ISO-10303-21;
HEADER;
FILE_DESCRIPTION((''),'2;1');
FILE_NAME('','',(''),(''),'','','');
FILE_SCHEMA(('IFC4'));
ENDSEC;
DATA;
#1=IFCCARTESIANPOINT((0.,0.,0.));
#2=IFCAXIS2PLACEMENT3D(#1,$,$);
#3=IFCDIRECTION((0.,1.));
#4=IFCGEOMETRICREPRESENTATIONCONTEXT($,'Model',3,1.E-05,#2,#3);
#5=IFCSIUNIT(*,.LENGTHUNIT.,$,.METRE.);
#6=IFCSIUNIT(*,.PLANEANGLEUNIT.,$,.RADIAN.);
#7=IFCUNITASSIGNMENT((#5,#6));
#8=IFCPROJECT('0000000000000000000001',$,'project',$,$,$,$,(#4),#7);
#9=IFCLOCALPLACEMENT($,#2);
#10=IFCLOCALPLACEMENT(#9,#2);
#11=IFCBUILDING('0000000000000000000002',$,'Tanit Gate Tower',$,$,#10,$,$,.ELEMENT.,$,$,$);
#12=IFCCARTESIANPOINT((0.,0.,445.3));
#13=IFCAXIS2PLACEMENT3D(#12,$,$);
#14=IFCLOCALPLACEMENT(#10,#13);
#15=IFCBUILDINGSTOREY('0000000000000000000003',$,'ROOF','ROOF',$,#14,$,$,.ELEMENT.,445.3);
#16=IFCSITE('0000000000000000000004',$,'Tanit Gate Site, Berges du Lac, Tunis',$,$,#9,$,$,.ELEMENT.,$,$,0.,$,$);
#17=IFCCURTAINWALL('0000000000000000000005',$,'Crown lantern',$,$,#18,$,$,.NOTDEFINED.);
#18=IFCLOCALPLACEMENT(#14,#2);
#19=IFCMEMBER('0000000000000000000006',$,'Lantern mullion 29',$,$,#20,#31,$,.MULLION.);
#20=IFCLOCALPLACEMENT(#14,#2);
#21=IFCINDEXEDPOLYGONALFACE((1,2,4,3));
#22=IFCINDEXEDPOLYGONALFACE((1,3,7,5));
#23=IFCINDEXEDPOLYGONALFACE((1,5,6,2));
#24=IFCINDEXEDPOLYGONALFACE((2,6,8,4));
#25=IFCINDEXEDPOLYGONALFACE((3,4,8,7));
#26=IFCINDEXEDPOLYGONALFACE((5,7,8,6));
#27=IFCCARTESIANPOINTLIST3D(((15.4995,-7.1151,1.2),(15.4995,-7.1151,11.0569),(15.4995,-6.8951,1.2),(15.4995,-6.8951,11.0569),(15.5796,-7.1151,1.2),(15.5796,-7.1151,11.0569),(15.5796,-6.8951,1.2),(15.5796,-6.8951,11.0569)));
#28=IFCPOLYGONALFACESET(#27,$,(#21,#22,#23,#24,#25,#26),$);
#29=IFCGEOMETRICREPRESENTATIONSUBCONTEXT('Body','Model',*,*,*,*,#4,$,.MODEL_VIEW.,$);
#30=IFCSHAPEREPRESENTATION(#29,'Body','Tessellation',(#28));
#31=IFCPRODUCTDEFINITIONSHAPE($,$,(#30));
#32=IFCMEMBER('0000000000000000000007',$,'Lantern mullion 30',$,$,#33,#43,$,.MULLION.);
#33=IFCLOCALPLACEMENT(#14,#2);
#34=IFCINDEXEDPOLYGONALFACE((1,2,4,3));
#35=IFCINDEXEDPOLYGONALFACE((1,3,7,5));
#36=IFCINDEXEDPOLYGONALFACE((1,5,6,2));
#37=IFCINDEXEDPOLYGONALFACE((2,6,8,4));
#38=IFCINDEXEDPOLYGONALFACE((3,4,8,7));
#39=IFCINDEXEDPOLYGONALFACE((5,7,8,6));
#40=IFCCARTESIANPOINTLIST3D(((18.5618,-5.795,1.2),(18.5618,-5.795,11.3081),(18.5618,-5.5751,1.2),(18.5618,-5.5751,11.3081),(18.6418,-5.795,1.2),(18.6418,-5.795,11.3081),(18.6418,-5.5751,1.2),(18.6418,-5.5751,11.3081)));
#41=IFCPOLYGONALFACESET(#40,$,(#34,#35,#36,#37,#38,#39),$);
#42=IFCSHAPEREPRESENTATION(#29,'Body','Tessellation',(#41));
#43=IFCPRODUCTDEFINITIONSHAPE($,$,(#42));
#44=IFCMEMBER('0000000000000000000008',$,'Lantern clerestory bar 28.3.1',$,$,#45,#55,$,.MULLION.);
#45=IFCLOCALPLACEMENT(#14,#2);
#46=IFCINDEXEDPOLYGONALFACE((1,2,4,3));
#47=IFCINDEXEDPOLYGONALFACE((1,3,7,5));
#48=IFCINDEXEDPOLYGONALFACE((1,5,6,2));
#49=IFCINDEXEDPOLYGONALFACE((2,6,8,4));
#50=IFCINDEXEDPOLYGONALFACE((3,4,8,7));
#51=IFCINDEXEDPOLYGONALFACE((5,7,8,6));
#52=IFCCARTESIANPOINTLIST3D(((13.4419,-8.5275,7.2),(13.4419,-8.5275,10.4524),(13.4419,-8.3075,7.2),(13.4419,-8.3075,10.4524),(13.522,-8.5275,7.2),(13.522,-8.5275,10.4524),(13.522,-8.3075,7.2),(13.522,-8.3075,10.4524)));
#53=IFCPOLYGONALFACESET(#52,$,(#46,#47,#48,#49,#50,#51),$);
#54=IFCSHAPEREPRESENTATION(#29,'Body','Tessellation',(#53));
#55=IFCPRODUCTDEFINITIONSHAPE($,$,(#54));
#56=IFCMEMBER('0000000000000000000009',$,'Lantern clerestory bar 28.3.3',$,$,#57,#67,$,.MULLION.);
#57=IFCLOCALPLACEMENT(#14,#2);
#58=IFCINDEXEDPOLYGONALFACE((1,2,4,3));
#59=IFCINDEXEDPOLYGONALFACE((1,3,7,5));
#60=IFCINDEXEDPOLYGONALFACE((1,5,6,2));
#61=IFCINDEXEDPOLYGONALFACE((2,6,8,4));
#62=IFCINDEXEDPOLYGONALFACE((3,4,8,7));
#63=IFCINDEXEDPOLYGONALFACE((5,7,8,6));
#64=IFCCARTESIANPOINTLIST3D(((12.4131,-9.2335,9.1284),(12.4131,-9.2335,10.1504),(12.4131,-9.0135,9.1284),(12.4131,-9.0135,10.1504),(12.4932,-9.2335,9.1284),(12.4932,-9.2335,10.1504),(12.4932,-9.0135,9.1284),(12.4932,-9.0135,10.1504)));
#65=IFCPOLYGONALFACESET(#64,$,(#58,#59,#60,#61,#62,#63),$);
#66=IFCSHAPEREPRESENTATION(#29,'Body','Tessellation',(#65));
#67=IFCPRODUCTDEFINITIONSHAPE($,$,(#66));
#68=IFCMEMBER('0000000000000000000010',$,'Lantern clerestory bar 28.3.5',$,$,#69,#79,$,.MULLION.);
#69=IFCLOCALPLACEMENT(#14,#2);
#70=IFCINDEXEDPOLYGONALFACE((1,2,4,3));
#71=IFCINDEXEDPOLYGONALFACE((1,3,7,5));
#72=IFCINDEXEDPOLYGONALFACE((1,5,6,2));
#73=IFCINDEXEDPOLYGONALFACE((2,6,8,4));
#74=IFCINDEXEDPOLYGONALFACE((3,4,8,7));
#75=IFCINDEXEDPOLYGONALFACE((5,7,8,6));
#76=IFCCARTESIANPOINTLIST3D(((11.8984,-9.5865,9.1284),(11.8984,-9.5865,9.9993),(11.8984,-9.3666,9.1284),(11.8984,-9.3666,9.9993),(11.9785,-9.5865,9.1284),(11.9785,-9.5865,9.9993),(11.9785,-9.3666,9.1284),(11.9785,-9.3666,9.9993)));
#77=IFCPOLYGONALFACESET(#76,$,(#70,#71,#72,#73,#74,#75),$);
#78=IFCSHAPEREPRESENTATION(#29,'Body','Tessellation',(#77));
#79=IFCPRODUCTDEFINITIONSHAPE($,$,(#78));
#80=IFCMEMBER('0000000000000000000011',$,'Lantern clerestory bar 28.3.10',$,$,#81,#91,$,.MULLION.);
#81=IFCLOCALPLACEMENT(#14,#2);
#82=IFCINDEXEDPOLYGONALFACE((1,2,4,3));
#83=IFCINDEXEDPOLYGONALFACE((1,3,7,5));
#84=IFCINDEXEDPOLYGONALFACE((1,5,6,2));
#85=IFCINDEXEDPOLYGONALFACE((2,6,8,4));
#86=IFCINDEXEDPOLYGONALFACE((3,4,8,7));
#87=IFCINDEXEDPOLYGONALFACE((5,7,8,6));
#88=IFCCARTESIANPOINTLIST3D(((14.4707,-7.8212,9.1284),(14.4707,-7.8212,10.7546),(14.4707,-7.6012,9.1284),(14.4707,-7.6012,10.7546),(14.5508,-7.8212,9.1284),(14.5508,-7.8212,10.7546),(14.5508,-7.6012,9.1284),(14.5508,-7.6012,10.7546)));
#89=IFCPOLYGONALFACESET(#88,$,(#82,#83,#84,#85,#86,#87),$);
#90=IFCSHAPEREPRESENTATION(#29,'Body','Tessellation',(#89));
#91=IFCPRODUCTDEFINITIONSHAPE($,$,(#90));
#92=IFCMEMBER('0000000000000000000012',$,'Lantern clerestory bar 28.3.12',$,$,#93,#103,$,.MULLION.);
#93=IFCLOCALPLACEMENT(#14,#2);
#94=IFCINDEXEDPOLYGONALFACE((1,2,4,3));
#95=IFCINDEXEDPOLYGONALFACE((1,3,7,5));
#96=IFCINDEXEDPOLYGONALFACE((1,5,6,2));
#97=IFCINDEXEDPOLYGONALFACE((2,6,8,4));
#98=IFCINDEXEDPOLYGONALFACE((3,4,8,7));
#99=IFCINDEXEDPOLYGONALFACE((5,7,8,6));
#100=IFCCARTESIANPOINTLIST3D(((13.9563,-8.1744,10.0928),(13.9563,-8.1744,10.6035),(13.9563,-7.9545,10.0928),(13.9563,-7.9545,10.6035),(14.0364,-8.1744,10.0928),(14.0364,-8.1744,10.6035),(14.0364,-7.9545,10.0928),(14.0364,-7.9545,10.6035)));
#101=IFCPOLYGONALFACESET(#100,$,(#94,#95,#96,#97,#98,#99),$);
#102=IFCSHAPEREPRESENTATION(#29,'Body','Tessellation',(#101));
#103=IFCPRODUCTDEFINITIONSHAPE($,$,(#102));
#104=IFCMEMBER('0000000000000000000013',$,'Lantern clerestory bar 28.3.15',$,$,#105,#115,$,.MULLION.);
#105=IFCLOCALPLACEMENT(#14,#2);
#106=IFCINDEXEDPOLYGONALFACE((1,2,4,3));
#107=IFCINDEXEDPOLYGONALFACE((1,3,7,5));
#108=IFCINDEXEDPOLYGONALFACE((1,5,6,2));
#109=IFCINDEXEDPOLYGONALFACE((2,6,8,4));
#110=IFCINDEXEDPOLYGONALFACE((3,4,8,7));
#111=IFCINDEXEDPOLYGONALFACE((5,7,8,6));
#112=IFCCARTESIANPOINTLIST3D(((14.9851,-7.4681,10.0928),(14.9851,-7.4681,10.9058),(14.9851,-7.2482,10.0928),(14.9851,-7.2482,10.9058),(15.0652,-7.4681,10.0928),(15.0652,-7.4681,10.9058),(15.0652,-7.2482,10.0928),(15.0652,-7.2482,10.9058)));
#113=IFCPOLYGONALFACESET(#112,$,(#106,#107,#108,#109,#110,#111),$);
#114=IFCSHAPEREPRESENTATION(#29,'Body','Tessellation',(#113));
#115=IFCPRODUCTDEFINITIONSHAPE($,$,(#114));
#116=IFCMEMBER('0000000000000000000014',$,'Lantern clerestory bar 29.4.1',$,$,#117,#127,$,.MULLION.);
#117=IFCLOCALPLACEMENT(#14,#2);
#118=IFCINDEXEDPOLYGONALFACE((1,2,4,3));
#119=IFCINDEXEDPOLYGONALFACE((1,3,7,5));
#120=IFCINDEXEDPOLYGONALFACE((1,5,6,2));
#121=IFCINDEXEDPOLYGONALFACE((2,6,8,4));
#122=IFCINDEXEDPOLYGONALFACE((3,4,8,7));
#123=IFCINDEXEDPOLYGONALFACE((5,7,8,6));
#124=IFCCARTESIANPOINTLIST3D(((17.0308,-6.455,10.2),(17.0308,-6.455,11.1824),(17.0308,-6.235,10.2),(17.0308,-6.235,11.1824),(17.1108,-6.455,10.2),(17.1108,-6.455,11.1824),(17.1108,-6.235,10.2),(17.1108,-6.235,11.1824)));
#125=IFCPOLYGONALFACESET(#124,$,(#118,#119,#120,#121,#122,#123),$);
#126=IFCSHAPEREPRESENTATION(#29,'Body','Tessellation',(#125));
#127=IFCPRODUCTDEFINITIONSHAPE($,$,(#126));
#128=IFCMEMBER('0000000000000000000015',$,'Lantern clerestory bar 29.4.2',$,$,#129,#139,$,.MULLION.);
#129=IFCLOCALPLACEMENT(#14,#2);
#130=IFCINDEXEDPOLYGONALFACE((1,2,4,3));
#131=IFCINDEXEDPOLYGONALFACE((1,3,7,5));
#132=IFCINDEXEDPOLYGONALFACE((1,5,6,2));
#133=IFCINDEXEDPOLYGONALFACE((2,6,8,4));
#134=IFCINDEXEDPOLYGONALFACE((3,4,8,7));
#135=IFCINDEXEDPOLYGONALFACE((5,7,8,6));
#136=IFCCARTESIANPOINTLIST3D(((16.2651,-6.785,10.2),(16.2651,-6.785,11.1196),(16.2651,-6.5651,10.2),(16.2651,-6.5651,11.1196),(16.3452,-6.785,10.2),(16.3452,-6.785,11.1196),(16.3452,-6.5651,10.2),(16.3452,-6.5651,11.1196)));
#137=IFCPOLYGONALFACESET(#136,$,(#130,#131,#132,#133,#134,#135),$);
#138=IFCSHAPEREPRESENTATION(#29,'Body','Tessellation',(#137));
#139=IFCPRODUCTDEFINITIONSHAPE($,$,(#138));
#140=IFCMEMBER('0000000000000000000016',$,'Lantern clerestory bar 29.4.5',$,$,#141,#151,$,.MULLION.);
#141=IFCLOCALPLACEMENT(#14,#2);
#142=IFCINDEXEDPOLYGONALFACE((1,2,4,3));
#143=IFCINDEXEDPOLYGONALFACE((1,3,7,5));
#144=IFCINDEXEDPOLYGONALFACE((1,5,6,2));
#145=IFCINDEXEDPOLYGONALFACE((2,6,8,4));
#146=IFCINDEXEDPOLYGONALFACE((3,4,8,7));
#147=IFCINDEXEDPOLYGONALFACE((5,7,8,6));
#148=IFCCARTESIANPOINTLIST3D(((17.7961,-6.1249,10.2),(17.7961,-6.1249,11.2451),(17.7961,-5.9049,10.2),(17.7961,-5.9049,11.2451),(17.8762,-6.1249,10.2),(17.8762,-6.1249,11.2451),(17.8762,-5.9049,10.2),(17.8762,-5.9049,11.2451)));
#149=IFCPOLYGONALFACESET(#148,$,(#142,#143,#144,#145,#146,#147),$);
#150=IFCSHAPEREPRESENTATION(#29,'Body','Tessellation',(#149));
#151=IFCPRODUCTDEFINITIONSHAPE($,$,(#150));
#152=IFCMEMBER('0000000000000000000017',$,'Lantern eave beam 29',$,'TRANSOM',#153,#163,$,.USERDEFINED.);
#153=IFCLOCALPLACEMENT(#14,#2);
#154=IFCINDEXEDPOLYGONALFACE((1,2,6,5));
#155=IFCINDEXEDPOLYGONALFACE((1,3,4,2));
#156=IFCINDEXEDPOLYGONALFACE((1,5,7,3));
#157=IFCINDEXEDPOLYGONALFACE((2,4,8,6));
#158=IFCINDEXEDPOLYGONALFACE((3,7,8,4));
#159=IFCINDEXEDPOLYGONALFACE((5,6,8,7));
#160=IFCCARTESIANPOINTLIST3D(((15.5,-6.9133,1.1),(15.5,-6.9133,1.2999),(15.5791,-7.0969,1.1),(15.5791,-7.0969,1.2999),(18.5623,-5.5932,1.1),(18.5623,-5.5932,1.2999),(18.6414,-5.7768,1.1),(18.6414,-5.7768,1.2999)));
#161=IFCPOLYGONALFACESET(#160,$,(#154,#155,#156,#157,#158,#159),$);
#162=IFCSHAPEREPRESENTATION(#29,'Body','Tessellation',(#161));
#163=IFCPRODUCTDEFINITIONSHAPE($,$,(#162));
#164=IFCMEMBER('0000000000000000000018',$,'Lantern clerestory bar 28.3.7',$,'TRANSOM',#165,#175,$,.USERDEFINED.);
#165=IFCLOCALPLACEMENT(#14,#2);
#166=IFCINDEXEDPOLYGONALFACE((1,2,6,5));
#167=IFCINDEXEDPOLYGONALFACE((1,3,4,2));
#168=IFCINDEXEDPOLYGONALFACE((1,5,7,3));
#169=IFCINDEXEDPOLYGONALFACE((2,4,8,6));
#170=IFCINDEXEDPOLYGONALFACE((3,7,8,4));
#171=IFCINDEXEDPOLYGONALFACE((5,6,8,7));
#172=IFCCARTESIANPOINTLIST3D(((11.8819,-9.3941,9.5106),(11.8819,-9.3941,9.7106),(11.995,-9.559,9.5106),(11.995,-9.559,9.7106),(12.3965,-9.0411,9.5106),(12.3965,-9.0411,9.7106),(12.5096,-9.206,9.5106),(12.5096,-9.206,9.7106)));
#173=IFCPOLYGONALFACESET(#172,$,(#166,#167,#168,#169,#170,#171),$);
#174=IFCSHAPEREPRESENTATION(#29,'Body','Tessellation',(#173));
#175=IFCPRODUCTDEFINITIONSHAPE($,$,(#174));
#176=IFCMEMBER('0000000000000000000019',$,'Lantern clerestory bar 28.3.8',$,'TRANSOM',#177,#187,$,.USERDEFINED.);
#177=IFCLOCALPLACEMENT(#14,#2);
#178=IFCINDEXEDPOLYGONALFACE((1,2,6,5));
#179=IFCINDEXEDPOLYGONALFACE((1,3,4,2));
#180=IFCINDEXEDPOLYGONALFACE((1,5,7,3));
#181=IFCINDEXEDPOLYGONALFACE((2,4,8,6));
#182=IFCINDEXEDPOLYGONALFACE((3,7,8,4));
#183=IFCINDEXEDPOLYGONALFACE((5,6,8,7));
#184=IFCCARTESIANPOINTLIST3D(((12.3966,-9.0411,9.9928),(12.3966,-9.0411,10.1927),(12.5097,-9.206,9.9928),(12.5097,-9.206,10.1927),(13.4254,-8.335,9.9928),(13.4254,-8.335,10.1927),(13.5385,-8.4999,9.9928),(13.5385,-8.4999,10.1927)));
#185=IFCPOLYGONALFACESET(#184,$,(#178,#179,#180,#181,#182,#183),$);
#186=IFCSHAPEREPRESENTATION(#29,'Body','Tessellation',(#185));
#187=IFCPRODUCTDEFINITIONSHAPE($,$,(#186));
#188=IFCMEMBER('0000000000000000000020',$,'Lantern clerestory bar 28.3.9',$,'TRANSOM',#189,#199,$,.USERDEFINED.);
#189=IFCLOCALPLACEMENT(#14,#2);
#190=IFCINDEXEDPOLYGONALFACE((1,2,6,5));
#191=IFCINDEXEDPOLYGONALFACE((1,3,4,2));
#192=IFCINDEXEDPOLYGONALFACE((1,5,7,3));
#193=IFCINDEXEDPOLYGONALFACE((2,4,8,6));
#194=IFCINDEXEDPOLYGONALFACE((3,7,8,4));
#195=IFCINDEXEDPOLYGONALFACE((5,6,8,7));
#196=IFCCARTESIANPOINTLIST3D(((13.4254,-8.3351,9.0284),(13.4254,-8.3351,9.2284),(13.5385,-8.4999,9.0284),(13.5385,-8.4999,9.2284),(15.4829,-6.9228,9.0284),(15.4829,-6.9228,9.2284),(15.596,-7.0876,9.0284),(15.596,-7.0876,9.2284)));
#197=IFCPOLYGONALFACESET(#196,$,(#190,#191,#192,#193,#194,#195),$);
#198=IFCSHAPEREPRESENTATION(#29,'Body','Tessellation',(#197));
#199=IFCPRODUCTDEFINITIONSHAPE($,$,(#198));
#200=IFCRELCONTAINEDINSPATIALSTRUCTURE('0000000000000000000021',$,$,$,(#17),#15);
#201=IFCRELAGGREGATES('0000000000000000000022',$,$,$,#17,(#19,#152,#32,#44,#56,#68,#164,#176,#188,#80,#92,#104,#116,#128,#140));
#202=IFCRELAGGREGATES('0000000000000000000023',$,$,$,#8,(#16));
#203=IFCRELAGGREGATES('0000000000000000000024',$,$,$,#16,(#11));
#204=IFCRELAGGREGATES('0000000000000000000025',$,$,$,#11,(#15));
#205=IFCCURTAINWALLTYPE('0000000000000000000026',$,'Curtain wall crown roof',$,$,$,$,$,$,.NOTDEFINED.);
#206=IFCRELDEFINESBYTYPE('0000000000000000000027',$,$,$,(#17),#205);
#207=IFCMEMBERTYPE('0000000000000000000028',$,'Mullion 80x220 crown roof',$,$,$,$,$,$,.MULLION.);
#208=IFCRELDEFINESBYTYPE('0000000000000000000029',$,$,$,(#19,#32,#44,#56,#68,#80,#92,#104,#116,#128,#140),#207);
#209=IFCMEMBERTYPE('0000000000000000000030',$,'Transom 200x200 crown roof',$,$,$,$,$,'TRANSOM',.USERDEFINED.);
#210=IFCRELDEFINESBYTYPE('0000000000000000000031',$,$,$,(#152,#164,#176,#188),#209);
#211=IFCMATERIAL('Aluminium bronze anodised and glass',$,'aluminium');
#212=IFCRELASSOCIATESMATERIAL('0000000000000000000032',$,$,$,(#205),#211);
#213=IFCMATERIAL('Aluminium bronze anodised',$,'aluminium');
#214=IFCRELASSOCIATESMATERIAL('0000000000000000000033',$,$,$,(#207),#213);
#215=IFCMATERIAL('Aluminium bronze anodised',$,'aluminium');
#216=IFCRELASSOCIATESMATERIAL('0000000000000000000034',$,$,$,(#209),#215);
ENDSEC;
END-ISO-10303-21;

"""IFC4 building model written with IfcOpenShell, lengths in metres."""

from ifc_helpers import new_model, si_unit, direction, frame, origin, origin_2d, place, context, subcontext, project, spatial, rectangle, extrude, material, material_profile, profile_set, type_object, element, aggregate, save


model = new_model("IFC4")

# Units and contexts
model_context = context("Model", 3, precision=1e-05, world=origin(), true_north=direction((0.0, 1.0)))
body_context = subcontext(model_context, "Body", "Model", "MODEL_VIEW")
ifc_project = project(units=[si_unit("LENGTHUNIT", "METRE"), si_unit("PLANEANGLEUNIT", "RADIAN")], contexts=[model_context])

# Site, building, storey
site_placement = place(None, origin())
site = spatial("IfcSite", under=ifc_project, at=site_placement, Name="Tanit Gate Site, Berges du Lac, Tunis", CompositionType="ELEMENT", RefElevation=0.0)
building_placement = place(site_placement, origin())
building = spatial("IfcBuilding", under=site, at=building_placement, Name="Tanit Gate Tower", CompositionType="ELEMENT")
storey_placement = place(building_placement, frame((0.0, 0.0, 445.3)))
storey = spatial("IfcBuildingStorey", under=building, at=storey_placement, Name="ROOF", Description="ROOF", CompositionType="ELEMENT", Elevation=445.3)

# Curtain wall, members
ifc_material_1 = material(Name="Aluminium bronze anodised and glass", Category="aluminium")
curtain_wall_type = type_object("IfcCurtainWallType", Name="Curtain wall crown roof", PredefinedType="NOTDEFINED", material=ifc_material_1)
curtain_wall_placement = place(storey_placement, origin())
curtain_wall = element("IfcCurtainWall", 1, at=curtain_wall_placement, inside=storey, type_object=curtain_wall_type, Name="Crown lantern", PredefinedType="NOTDEFINED")
ifc_material_2 = material(Name="Aluminium bronze anodised", Category="aluminium")
ifc_material_profile_1 = material_profile(ifc_material_2, rectangle(XDim=0.0801, YDim=0.22, at=origin_2d()), Name="80x220 bronze rafter")
ifc_profile_set_1 = profile_set([ifc_material_profile_1], Name="Aluminium bronze anodised")
member_type_1 = type_object("IfcMemberType", Name="Mullion 80x220 crown roof", PredefinedType="MULLION", material=ifc_profile_set_1)
member_1_placement = place(storey_placement, frame((15.5396, -7.0051, 1.2), z_axis=(0.0, 0.0, 1.0), x_axis=(1.0, 0.0, 0.0)))
member_1 = element("IfcMember", 2, at=member_1_placement, type_object=member_type_1, Name="Lantern mullion 29", PredefinedType="MULLION", context=body_context, shape_type="SweptSolid", body=[
    extrude(rectangle(XDim=0.0801, YDim=0.22, at=origin_2d()), origin(), (0.0, 0.0, 1.0), 9.8569),
])
member_2_placement = place(storey_placement, frame((18.6018, -5.6851, 1.2), z_axis=(0.0, 0.0, 1.0), x_axis=(1.0, 0.0, 0.0)))
member_2 = element("IfcMember", 3, at=member_2_placement, type_object=member_type_1, Name="Lantern mullion 30", PredefinedType="MULLION", context=body_context, shape_type="SweptSolid", body=[
    extrude(rectangle(XDim=0.0801, YDim=0.22, at=origin_2d()), origin(), (0.0, 0.0, 1.0), 10.1082),
])
member_3_placement = place(storey_placement, frame((13.4819, -8.4175, 7.2), z_axis=(0.0, 0.0, 1.0), x_axis=(1.0, 0.0, 0.0)))
member_3 = element("IfcMember", 4, at=member_3_placement, type_object=member_type_1, Name="Lantern clerestory bar 28.3.1", PredefinedType="MULLION", context=body_context, shape_type="SweptSolid", body=[
    extrude(rectangle(XDim=0.0801, YDim=0.22, at=origin_2d()), origin(), (0.0, 0.0, 1.0), 3.2524),
])
member_4_placement = place(storey_placement, frame((12.4531, -9.1235, 9.1284), z_axis=(0.0, 0.0, 1.0), x_axis=(1.0, 0.0, 0.0)))
member_4 = element("IfcMember", 5, at=member_4_placement, type_object=member_type_1, Name="Lantern clerestory bar 28.3.3", PredefinedType="MULLION", context=body_context, shape_type="SweptSolid", body=[
    extrude(rectangle(XDim=0.0801, YDim=0.22, at=origin_2d()), origin(), (0.0, 0.0, 1.0), 1.022),
])
member_5_placement = place(storey_placement, frame((11.9385, -9.4766, 9.1284), z_axis=(0.0, 0.0, 1.0), x_axis=(1.0, 0.0, 0.0)))
member_5 = element("IfcMember", 6, at=member_5_placement, type_object=member_type_1, Name="Lantern clerestory bar 28.3.5", PredefinedType="MULLION", context=body_context, shape_type="SweptSolid", body=[
    extrude(rectangle(XDim=0.0801, YDim=0.22, at=origin_2d()), origin(), (0.0, 0.0, 1.0), 0.8708),
])
member_6_placement = place(storey_placement, frame((14.5107, -7.7112, 9.1284), z_axis=(0.0, 0.0, 1.0), x_axis=(1.0, 0.0, 0.0)))
member_6 = element("IfcMember", 7, at=member_6_placement, type_object=member_type_1, Name="Lantern clerestory bar 28.3.10", PredefinedType="MULLION", context=body_context, shape_type="SweptSolid", body=[
    extrude(rectangle(XDim=0.0801, YDim=0.22, at=origin_2d()), origin(), (0.0, 0.0, 1.0), 1.6262),
])
member_7_placement = place(storey_placement, frame((13.9963, -8.0645, 10.0928), z_axis=(0.0, 0.0, 1.0), x_axis=(1.0, 0.0, 0.0)))
member_7 = element("IfcMember", 8, at=member_7_placement, type_object=member_type_1, Name="Lantern clerestory bar 28.3.12", PredefinedType="MULLION", context=body_context, shape_type="SweptSolid", body=[
    extrude(rectangle(XDim=0.0801, YDim=0.22, at=origin_2d()), origin(), (0.0, 0.0, 1.0), 0.5107),
])
member_8_placement = place(storey_placement, frame((15.0251, -7.3582, 10.0928), z_axis=(0.0, 0.0, 1.0), x_axis=(1.0, 0.0, 0.0)))
member_8 = element("IfcMember", 9, at=member_8_placement, type_object=member_type_1, Name="Lantern clerestory bar 28.3.15", PredefinedType="MULLION", context=body_context, shape_type="SweptSolid", body=[
    extrude(rectangle(XDim=0.0801, YDim=0.22, at=origin_2d()), origin(), (0.0, 0.0, 1.0), 0.813),
])
member_9_placement = place(storey_placement, frame((17.0708, -6.345, 10.2), z_axis=(0.0, 0.0, 1.0), x_axis=(1.0, 0.0, 0.0)))
member_9 = element("IfcMember", 10, at=member_9_placement, type_object=member_type_1, Name="Lantern clerestory bar 29.4.1", PredefinedType="MULLION", context=body_context, shape_type="SweptSolid", body=[
    extrude(rectangle(XDim=0.0801, YDim=0.22, at=origin_2d()), origin(), (0.0, 0.0, 1.0), 0.9824),
])
member_10_placement = place(storey_placement, frame((16.3052, -6.675, 10.2), z_axis=(0.0, 0.0, 1.0), x_axis=(1.0, 0.0, 0.0)))
member_10 = element("IfcMember", 11, at=member_10_placement, type_object=member_type_1, Name="Lantern clerestory bar 29.4.2", PredefinedType="MULLION", context=body_context, shape_type="SweptSolid", body=[
    extrude(rectangle(XDim=0.0801, YDim=0.22, at=origin_2d()), origin(), (0.0, 0.0, 1.0), 0.9197),
])
member_11_placement = place(storey_placement, frame((17.8362, -6.0149, 10.2), z_axis=(0.0, 0.0, 1.0), x_axis=(1.0, 0.0, 0.0)))
member_11 = element("IfcMember", 12, at=member_11_placement, type_object=member_type_1, Name="Lantern clerestory bar 29.4.5", PredefinedType="MULLION", context=body_context, shape_type="SweptSolid", body=[
    extrude(rectangle(XDim=0.0801, YDim=0.22, at=origin_2d()), origin(), (0.0, 0.0, 1.0), 1.0452),
])
ifc_material_3 = material(Name="Aluminium bronze anodised", Category="aluminium")
ifc_material_profile_2 = material_profile(ifc_material_3, rectangle(XDim=0.2, YDim=0.2, at=origin_2d()), Name="200x200 bronze transom")
ifc_profile_set_2 = profile_set([ifc_material_profile_2], Name="Aluminium bronze anodised")
member_type_2 = type_object("IfcMemberType", Name="Transom 200x200 crown roof", ElementType="TRANSOM", PredefinedType="USERDEFINED", material=ifc_profile_set_2)
member_12_placement = place(storey_placement, frame((15.5396, -7.0051, 1.2), z_axis=(0.91831, 0.395862, 0.0), x_axis=(-0.395862, 0.91831, 0.0)))
member_12 = element("IfcMember", 13, at=member_12_placement, type_object=member_type_2, Name="Lantern eave beam 29", ObjectType="TRANSOM", PredefinedType="USERDEFINED", context=body_context, shape_type="SweptSolid", body=[
    extrude(rectangle(XDim=0.2, YDim=0.2, at=origin_2d()), origin(), (0.0, 0.0, 1.0), 3.3347),
])
member_13_placement = place(storey_placement, frame((11.9385, -9.4766, 9.6106), z_axis=(0.824635, 0.565665, 0.0), x_axis=(-0.565665, 0.824635, 0.0)))
member_13 = element("IfcMember", 14, at=member_13_placement, type_object=member_type_2, Name="Lantern clerestory bar 28.3.7", ObjectType="TRANSOM", PredefinedType="USERDEFINED", context=body_context, shape_type="SweptSolid", body=[
    extrude(rectangle(XDim=0.2, YDim=0.2, at=origin_2d()), origin(), (0.0, 0.0, 1.0), 0.624),
])
member_14_placement = place(storey_placement, frame((12.4531, -9.1235, 10.0928), z_axis=(0.82451, 0.565848, 0.0), x_axis=(-0.565848, 0.82451, 0.0)))
member_14 = element("IfcMember", 15, at=member_14_placement, type_object=member_type_2, Name="Lantern clerestory bar 28.3.8", ObjectType="TRANSOM", PredefinedType="USERDEFINED", context=body_context, shape_type="SweptSolid", body=[
    extrude(rectangle(XDim=0.2, YDim=0.2, at=origin_2d()), origin(), (0.0, 0.0, 1.0), 1.2478),
])
member_15_placement = place(storey_placement, frame((13.4819, -8.4175, 9.1284), z_axis=(0.824464, 0.565914, 0.0), x_axis=(-0.565914, 0.824464, 0.0)))
member_15 = element("IfcMember", 16, at=member_15_placement, type_object=member_type_2, Name="Lantern clerestory bar 28.3.9", ObjectType="TRANSOM", PredefinedType="USERDEFINED", context=body_context, shape_type="SweptSolid", body=[
    extrude(rectangle(XDim=0.2, YDim=0.2, at=origin_2d()), origin(), (0.0, 0.0, 1.0), 2.4956),
])
aggregate(curtain_wall, [member_1, member_12, member_2, member_3, member_4, member_5, member_13, member_14, member_15, member_6, member_7, member_8, member_9, member_10, member_11])

save(model, "model.ifc")
